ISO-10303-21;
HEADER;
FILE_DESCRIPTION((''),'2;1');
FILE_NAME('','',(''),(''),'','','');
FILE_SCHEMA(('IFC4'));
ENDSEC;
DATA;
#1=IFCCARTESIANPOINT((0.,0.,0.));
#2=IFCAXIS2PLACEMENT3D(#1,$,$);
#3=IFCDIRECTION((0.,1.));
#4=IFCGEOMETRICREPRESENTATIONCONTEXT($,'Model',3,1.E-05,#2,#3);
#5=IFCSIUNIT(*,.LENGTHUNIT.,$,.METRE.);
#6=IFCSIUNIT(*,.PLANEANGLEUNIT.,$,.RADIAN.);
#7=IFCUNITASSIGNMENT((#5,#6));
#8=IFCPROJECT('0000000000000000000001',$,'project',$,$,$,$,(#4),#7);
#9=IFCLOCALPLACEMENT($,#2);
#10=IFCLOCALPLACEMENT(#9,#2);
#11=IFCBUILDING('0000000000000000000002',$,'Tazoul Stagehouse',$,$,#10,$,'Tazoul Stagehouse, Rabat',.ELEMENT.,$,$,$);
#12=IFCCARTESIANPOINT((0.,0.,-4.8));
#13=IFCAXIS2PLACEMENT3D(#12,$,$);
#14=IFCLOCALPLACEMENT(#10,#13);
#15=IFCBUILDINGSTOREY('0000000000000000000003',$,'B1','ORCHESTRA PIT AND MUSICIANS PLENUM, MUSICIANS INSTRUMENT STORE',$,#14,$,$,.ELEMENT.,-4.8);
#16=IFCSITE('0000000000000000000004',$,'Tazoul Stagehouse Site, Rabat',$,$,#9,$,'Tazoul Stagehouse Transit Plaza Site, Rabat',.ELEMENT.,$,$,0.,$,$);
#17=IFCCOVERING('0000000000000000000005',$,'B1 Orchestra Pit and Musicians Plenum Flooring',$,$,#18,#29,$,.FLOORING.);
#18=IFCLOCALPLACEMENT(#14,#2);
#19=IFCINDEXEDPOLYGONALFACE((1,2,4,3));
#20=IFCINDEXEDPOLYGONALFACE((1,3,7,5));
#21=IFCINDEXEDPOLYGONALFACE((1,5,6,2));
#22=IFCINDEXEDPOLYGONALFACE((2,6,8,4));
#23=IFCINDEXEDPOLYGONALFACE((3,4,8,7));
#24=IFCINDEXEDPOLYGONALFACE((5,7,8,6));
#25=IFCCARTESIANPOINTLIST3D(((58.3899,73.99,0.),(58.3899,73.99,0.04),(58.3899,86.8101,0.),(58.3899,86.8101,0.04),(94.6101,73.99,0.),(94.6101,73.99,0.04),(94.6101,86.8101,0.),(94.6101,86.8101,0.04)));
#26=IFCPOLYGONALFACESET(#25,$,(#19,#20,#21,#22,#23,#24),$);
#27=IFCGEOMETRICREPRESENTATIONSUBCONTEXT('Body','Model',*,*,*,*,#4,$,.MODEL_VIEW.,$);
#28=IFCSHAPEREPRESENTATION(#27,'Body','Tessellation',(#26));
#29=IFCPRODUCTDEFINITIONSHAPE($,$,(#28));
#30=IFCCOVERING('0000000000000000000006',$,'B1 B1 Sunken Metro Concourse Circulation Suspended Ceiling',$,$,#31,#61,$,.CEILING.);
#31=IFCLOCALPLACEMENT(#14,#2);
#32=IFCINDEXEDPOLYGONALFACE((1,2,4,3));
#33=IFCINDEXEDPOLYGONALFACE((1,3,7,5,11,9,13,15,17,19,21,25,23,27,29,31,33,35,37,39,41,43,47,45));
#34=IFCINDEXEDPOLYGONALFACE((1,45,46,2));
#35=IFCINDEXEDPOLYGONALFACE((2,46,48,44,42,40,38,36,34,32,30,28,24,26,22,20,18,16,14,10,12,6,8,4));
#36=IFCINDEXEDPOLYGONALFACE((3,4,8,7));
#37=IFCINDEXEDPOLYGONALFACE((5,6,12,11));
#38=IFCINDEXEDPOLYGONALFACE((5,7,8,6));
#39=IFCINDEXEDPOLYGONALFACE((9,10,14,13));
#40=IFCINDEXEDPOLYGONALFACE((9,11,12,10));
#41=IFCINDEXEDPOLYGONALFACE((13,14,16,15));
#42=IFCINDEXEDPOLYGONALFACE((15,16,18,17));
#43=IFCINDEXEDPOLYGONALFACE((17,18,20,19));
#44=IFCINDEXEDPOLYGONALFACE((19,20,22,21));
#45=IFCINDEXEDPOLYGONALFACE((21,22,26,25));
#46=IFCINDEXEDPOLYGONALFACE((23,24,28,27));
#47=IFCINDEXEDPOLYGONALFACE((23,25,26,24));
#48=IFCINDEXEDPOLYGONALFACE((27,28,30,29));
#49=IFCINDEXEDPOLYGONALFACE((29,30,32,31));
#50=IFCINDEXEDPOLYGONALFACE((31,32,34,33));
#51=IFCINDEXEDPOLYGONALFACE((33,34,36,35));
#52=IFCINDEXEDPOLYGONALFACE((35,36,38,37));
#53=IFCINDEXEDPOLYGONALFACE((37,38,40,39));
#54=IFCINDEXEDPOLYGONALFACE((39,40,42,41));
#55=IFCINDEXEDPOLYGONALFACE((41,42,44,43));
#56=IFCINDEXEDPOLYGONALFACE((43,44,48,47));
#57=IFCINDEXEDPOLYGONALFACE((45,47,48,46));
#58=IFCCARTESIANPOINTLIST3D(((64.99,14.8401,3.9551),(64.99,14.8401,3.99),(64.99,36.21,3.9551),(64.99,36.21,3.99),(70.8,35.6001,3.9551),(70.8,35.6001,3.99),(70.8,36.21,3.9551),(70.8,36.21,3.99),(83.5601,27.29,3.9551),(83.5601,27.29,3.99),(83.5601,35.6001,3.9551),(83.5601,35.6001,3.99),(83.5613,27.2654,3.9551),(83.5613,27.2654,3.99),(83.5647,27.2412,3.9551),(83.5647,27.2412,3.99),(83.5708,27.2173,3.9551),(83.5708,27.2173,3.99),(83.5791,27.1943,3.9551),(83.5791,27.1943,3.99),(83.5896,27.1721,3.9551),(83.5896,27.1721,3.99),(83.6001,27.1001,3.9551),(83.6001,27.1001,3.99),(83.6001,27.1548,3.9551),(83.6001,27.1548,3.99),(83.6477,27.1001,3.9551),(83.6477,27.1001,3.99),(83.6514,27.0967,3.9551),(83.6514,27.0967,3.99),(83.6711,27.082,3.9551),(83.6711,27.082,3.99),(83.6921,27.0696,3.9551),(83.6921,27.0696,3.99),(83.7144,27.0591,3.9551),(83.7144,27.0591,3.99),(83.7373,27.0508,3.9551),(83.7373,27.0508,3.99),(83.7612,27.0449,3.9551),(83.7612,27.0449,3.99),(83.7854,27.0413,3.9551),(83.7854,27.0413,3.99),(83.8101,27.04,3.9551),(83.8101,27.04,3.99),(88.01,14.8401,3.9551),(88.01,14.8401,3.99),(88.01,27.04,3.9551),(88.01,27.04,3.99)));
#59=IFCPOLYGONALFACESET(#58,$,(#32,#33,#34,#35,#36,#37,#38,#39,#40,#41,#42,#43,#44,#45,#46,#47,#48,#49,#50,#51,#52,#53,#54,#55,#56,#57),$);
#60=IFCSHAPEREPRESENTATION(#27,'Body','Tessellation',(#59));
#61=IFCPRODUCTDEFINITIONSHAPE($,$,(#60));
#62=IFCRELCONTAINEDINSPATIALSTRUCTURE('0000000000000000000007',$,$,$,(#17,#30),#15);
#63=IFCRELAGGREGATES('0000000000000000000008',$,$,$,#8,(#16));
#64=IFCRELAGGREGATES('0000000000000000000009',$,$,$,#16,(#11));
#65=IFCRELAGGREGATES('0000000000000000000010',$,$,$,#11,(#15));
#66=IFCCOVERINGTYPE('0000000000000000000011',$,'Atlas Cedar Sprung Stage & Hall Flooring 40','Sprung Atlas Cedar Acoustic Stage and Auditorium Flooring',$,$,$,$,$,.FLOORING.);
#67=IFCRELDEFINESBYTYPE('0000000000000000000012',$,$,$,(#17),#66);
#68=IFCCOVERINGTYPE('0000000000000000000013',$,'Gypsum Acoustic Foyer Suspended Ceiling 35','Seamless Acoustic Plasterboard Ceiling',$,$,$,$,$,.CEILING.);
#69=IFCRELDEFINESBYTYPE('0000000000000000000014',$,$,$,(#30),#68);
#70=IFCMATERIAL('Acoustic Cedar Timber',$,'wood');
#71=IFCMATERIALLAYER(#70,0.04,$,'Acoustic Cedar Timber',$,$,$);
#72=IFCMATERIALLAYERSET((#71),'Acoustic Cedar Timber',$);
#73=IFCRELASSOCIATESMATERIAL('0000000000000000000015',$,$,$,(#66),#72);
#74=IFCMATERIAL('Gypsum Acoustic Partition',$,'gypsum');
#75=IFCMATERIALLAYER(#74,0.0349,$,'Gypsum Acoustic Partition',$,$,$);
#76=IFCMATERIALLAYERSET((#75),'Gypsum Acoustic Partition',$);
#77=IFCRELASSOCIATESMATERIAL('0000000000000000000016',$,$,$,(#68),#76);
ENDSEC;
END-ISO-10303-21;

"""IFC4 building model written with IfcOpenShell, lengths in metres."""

from ifc_helpers import new_model, si_unit, direction, frame, origin, place, context, subcontext, project, spatial, polyline, outline, extrude, material, layer, layer_set, type_object, element, save


model = new_model("IFC4")

# Units and contexts
model_context = context("Model", 3, precision=1e-05, world=origin(), true_north=direction((0.0, 1.0)))
body_context = subcontext(model_context, "Body", "Model", "MODEL_VIEW")
ifc_project = project(units=[si_unit("LENGTHUNIT", "METRE"), si_unit("PLANEANGLEUNIT", "RADIAN")], contexts=[model_context])

# Site, building, storey
site_placement = place(None, origin())
site = spatial("IfcSite", under=ifc_project, at=site_placement, Name="Tazoul Stagehouse Site, Rabat", LongName="Tazoul Stagehouse Transit Plaza Site, Rabat", CompositionType="ELEMENT", RefElevation=0.0)
building_placement = place(site_placement, origin())
building = spatial("IfcBuilding", under=site, at=building_placement, Name="Tazoul Stagehouse", LongName="Tazoul Stagehouse, Rabat", CompositionType="ELEMENT")
storey_placement = place(building_placement, frame((0.0, 0.0, -4.8)))
storey = spatial("IfcBuildingStorey", under=building, at=storey_placement, Name="B1", Description="ORCHESTRA PIT AND MUSICIANS PLENUM, MUSICIANS INSTRUMENT STORE", CompositionType="ELEMENT", Elevation=-4.8)

# Coverings
ifc_material_1 = material(Name="Acoustic Cedar Timber", Category="wood")
ifc_layer_1 = layer(ifc_material_1, 0.04, Name="Acoustic Cedar Timber")
ifc_layer_set_1 = layer_set([ifc_layer_1], Name="Acoustic Cedar Timber")
covering_type_1 = type_object("IfcCoveringType", Name="Atlas Cedar Sprung Stage & Hall Flooring 40", Description="Sprung Atlas Cedar Acoustic Stage and Auditorium Flooring", PredefinedType="FLOORING", material=ifc_layer_set_1)
covering_1_placement = place(storey_placement, origin())
element("IfcCovering", 1, at=covering_1_placement, inside=storey, type_object=covering_type_1, Name="B1 Orchestra Pit and Musicians Plenum Flooring", PredefinedType="FLOORING", context=body_context, shape_type="SweptSolid", body=[
    extrude(outline(polyline([(94.6101, 86.8101), (94.6101, 73.99), (58.3899, 73.99), (58.3899, 86.8101), (94.6101, 86.8101)])), origin(), (0.0, 0.0, 1.0), 0.04),
])
ifc_material_2 = material(Name="Gypsum Acoustic Partition", Category="gypsum")
ifc_layer_2 = layer(ifc_material_2, 0.0349, Name="Gypsum Acoustic Partition")
ifc_layer_set_2 = layer_set([ifc_layer_2], Name="Gypsum Acoustic Partition")
covering_type_2 = type_object("IfcCoveringType", Name="Gypsum Acoustic Foyer Suspended Ceiling 35", Description="Seamless Acoustic Plasterboard Ceiling", PredefinedType="CEILING", material=ifc_layer_set_2)
covering_2_placement = place(storey_placement, frame((0.0, 0.0, 3.9551)))
element("IfcCovering", 2, at=covering_2_placement, inside=storey, type_object=covering_type_2, Name="B1 B1 Sunken Metro Concourse Circulation Suspended Ceiling", PredefinedType="CEILING", context=body_context, shape_type="SweptSolid", body=[
    extrude(outline(polyline([(70.8, 36.21), (70.8, 35.6001), (83.5601, 35.6001), (83.5601, 27.29), (83.5613, 27.2654), (83.5647, 27.2412), (83.5708, 27.2173), (83.5791, 27.1943), (83.5896, 27.1721), (83.6001, 27.1548), (83.6001, 27.1001), (83.6477, 27.1001), (83.6514, 27.0967), (83.6711, 27.082), (83.6921, 27.0696), (83.7144, 27.0591), (83.7373, 27.0508), (83.7612, 27.0449), (83.7854, 27.0413), (83.8101, 27.04), (88.01, 27.04), (88.01, 14.8401), (64.99, 14.8401), (64.99, 36.21), (70.8, 36.21)])), origin(), (0.0, 0.0, 1.0), 0.0349),
])

save(model, "model.ifc")
